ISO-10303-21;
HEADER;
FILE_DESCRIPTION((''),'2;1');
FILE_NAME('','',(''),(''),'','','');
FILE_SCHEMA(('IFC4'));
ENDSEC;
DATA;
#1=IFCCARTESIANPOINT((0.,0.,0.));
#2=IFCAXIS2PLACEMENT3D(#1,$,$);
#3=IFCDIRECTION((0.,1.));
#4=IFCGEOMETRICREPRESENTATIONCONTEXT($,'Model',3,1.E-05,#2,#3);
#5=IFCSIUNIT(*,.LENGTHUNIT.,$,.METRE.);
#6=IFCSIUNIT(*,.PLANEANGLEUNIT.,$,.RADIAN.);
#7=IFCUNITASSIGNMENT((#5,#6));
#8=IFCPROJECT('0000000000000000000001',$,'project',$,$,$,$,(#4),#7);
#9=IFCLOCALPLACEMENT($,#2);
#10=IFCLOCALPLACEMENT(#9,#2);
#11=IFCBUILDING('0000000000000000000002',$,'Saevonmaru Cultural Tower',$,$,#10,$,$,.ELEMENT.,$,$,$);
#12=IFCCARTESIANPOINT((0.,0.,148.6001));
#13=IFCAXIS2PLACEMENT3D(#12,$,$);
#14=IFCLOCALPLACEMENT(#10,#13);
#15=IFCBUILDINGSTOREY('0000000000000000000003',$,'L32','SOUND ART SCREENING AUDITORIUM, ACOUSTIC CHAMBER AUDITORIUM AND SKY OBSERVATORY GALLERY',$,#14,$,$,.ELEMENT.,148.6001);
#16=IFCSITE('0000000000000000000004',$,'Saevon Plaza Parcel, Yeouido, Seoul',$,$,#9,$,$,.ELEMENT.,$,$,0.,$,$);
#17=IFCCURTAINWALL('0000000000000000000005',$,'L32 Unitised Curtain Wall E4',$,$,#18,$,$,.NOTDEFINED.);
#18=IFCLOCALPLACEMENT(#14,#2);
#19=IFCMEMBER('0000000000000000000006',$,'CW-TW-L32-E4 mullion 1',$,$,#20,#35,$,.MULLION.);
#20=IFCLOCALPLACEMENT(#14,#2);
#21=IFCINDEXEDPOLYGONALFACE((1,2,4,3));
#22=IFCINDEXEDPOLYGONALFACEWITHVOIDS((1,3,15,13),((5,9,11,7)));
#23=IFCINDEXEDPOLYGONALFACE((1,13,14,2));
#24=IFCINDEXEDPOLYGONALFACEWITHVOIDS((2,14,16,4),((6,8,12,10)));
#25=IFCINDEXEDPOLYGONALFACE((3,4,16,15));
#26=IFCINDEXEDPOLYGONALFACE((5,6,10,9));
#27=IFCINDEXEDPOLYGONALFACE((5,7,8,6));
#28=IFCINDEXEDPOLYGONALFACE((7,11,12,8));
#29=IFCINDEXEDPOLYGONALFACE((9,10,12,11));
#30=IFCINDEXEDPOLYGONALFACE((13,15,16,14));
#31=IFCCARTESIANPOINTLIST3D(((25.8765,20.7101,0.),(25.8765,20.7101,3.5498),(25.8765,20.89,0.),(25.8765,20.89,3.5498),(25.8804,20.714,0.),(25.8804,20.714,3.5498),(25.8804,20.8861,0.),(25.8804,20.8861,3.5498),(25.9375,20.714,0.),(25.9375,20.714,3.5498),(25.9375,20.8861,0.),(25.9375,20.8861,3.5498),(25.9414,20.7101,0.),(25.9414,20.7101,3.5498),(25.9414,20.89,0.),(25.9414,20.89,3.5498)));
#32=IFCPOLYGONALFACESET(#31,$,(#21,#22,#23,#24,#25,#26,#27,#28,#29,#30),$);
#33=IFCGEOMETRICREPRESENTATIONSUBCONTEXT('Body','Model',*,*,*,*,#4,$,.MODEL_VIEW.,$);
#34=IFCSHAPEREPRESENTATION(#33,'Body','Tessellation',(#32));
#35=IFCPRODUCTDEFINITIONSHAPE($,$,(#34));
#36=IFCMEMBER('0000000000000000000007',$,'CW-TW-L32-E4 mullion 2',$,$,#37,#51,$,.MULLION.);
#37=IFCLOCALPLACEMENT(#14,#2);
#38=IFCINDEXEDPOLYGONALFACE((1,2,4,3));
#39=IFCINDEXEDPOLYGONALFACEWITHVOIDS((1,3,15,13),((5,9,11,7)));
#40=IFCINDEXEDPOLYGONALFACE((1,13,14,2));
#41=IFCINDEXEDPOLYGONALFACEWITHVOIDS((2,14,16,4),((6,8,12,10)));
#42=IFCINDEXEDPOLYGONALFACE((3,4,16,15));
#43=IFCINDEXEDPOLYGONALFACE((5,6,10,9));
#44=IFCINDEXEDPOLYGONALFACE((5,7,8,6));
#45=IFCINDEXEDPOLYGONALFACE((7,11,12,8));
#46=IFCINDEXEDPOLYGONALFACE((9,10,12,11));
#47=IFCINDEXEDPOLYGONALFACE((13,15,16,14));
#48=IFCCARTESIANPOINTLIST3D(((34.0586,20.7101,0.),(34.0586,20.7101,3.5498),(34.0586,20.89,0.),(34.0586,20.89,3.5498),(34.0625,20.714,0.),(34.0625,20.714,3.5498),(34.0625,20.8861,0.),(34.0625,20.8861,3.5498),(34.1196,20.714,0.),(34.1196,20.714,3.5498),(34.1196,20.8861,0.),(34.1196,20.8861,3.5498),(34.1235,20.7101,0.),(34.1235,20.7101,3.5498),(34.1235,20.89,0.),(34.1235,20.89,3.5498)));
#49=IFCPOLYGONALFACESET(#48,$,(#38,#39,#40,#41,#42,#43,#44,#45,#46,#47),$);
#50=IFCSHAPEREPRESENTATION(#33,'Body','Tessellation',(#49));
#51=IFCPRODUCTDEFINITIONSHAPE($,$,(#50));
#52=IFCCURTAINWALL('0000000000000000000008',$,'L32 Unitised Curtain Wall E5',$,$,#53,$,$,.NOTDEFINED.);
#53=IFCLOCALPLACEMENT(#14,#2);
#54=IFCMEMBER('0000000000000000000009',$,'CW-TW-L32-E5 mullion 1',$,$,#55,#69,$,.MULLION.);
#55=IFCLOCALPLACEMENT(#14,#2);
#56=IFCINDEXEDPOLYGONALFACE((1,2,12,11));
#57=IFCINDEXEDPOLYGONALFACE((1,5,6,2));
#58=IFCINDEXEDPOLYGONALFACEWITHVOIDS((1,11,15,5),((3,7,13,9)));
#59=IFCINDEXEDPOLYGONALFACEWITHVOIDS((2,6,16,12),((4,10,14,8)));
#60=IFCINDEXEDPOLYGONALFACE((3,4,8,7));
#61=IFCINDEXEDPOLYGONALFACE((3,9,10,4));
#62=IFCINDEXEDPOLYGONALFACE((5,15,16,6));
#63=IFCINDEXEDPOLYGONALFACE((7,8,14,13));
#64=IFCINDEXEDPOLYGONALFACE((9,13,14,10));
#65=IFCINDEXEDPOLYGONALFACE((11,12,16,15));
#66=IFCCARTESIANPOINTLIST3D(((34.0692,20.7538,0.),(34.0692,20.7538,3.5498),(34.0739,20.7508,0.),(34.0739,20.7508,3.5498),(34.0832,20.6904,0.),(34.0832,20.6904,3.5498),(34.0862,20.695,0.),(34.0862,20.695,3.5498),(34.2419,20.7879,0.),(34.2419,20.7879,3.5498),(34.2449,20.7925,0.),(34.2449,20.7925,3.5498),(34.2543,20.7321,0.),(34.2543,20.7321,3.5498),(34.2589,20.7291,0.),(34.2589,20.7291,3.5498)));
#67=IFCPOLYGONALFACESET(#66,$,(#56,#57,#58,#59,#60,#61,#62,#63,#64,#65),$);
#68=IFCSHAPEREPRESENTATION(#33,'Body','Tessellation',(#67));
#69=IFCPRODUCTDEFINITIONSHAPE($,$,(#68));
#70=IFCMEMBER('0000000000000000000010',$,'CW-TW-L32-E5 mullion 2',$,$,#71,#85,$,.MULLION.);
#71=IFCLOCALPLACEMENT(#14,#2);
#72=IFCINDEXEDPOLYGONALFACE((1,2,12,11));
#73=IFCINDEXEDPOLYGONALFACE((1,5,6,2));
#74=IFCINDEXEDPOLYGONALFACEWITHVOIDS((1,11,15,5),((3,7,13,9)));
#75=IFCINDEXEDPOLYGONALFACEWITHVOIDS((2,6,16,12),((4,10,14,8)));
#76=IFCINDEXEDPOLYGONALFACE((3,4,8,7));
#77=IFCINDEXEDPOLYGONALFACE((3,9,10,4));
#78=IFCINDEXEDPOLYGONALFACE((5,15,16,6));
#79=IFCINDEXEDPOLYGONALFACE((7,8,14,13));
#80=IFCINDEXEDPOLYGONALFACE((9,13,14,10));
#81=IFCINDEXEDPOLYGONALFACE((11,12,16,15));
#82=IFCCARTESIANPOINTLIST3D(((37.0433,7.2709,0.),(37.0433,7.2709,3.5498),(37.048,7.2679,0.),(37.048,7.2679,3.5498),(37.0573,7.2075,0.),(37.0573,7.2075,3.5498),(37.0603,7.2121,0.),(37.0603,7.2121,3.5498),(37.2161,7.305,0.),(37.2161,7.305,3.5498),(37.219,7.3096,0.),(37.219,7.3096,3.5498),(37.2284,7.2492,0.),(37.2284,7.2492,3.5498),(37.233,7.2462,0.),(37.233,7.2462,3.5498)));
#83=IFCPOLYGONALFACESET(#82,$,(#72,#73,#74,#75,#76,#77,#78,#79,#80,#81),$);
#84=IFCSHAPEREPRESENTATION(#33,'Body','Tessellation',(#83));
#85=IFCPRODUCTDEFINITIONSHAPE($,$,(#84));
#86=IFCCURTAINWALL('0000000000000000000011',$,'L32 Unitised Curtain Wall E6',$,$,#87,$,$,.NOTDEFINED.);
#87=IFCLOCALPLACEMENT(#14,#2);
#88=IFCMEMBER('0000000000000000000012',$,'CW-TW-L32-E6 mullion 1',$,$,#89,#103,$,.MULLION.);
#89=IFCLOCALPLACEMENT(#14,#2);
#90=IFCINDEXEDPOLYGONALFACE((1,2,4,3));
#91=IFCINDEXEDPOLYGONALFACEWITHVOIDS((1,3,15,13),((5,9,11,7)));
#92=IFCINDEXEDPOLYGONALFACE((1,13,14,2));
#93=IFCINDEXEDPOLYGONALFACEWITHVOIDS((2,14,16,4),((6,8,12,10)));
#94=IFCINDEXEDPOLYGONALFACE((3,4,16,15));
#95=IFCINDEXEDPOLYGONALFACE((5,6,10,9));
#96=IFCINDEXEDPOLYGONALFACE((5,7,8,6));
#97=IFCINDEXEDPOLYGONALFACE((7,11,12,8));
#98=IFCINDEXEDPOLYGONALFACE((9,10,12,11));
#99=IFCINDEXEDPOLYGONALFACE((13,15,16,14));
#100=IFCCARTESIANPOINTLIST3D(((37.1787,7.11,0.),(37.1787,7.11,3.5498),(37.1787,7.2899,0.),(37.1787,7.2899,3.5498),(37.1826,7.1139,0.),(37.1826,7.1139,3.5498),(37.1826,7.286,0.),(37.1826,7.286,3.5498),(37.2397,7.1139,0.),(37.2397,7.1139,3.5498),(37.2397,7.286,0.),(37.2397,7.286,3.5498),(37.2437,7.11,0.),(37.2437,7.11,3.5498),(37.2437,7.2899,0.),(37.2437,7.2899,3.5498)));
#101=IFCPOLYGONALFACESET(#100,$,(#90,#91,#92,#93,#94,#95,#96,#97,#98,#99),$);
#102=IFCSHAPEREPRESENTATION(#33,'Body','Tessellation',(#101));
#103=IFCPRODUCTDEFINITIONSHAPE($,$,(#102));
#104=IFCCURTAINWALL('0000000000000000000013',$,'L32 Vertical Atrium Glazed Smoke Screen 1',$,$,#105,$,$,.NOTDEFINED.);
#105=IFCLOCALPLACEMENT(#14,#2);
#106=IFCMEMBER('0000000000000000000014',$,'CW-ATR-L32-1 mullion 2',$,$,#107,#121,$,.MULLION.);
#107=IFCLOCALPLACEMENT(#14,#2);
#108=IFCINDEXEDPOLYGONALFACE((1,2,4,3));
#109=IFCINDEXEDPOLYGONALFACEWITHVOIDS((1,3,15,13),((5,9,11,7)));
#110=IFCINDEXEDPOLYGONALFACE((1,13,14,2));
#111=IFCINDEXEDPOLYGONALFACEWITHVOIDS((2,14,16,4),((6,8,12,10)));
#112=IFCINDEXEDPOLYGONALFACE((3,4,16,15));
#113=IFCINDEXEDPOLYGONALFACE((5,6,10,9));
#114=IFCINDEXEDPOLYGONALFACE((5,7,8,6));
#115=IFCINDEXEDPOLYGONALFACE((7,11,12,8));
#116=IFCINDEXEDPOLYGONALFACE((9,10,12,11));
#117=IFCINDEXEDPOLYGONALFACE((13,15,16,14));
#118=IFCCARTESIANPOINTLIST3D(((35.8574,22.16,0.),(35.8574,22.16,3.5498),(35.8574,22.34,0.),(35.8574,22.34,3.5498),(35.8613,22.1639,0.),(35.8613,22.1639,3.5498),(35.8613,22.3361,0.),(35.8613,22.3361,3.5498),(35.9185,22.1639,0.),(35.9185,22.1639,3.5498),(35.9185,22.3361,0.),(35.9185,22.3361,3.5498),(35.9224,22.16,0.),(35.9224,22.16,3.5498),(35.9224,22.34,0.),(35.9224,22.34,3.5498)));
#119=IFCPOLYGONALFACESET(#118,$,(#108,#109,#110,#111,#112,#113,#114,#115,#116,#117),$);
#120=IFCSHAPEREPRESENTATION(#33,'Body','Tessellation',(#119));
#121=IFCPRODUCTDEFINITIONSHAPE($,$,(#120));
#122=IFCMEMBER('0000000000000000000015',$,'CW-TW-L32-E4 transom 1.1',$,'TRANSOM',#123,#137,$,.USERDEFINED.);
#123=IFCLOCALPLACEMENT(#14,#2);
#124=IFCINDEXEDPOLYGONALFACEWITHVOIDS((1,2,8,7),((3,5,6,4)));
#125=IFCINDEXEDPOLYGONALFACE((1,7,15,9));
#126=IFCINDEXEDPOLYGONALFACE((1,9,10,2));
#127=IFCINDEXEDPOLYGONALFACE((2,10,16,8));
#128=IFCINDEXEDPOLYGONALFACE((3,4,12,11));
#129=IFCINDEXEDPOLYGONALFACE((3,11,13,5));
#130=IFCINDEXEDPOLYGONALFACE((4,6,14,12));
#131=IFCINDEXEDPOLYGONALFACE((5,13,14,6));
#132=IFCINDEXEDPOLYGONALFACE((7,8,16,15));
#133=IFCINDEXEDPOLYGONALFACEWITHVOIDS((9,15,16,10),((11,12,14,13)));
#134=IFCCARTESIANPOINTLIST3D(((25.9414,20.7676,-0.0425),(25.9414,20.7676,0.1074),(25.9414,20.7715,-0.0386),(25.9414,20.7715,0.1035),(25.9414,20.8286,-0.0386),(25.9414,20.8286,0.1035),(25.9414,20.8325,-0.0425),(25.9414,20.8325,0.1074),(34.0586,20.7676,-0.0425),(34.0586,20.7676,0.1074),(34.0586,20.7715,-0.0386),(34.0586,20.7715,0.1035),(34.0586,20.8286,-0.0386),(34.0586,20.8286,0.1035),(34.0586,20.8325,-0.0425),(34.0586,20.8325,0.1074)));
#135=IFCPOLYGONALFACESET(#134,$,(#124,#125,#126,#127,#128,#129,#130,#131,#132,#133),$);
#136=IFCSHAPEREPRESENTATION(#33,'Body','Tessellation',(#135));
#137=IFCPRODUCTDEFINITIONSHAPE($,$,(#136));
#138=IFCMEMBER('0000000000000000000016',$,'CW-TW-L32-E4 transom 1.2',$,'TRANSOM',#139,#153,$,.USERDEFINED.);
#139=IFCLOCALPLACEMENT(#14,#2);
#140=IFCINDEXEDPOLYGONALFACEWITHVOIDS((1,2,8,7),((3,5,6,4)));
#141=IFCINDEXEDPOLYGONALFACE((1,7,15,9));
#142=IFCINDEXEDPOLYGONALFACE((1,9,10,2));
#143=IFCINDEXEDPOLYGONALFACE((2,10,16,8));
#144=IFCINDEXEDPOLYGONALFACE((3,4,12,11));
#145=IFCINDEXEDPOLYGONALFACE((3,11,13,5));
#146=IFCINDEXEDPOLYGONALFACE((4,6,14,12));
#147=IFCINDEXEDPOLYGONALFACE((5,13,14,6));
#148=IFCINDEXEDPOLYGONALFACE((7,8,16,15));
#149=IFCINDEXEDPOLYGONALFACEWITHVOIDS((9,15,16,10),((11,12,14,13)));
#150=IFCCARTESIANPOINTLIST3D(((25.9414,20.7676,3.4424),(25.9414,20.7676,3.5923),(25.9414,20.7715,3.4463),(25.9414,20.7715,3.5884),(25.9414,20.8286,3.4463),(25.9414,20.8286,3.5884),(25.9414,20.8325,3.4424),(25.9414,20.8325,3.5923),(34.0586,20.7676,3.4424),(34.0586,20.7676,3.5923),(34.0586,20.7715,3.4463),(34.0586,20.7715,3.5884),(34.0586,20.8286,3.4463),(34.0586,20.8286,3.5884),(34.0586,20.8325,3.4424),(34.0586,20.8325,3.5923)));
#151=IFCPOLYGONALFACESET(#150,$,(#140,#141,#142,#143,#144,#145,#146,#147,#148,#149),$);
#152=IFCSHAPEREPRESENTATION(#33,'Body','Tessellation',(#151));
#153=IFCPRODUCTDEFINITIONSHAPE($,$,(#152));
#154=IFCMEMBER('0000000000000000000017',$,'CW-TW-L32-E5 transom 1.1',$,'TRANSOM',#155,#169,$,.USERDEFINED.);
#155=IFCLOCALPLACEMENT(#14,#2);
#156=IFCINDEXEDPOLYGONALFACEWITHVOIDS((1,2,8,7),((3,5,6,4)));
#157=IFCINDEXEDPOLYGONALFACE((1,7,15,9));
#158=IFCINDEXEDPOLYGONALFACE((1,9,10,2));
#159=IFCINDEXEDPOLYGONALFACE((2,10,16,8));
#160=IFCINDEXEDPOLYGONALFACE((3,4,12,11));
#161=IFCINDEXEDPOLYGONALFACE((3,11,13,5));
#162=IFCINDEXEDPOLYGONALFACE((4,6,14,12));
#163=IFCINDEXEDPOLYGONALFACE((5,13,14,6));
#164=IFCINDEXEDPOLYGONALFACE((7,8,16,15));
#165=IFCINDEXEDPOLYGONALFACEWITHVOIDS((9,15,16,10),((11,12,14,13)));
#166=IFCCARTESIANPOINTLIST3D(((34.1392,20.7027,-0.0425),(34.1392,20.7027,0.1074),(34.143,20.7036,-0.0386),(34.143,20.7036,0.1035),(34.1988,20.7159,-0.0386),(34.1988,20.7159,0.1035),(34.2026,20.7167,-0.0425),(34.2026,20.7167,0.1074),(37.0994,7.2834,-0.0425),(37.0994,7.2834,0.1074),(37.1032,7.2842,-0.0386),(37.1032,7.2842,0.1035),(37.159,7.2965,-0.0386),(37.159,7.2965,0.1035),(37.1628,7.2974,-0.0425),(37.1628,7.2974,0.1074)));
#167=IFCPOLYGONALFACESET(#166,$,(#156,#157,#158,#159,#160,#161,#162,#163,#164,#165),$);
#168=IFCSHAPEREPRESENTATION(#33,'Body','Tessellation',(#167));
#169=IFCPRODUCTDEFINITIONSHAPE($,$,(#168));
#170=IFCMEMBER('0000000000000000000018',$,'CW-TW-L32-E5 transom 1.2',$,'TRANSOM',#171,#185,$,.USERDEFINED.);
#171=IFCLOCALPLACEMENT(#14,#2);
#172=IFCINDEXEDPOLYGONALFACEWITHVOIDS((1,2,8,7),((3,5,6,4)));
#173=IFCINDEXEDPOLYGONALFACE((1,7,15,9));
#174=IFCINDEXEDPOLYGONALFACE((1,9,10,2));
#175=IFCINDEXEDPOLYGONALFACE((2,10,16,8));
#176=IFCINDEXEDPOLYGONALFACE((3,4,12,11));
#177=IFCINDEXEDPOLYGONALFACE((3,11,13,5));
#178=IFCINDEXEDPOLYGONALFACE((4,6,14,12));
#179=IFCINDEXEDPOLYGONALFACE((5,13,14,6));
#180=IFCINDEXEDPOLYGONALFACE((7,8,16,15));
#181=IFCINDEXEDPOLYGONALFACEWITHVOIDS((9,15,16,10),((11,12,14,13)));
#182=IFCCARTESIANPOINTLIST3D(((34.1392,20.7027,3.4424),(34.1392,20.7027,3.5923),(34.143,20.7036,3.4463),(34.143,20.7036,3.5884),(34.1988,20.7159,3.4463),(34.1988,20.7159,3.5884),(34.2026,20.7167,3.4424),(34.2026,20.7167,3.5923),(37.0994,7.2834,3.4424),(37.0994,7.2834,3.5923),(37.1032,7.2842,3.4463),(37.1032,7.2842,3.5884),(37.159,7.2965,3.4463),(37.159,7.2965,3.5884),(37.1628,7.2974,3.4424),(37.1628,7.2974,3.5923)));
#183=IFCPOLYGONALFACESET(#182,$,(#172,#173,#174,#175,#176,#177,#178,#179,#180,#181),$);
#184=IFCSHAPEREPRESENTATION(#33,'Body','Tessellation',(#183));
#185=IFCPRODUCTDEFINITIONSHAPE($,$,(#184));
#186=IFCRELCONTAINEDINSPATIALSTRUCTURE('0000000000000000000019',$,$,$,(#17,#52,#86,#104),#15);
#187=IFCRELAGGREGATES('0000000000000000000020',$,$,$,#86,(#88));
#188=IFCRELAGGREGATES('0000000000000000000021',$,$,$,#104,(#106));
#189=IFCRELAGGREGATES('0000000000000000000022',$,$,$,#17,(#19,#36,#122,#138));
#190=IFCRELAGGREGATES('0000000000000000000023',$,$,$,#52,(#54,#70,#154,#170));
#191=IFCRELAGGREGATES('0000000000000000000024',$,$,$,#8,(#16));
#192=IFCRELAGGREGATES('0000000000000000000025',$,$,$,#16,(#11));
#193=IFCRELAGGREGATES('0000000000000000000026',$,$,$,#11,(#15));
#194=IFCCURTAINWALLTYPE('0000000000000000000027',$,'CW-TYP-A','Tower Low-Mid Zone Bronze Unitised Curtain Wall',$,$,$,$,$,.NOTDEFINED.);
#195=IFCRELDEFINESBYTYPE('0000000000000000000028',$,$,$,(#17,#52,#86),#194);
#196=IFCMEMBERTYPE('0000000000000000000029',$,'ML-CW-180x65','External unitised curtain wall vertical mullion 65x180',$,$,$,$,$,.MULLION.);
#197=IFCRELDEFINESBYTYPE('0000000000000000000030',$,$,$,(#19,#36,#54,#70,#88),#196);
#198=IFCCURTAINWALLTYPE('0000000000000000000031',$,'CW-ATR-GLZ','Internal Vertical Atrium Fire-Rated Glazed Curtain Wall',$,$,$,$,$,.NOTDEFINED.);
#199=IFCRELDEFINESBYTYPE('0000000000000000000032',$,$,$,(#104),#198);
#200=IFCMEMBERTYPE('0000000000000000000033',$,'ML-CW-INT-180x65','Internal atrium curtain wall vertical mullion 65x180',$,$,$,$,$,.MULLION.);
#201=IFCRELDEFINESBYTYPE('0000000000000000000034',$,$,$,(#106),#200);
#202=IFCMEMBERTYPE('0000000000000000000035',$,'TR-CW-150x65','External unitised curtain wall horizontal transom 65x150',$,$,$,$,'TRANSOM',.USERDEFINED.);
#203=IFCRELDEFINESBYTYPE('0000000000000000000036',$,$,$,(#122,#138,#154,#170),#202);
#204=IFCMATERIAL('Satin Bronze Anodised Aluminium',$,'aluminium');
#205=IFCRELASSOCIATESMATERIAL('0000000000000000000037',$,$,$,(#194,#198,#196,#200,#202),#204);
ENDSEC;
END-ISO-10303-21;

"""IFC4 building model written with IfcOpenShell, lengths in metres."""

from ifc_helpers import new_model, si_unit, direction, frame, origin, origin_2d, place, context, subcontext, project, spatial, hollow_rectangle, extrude, material, material_profile, profile_set, type_object, element, aggregate, save


model = new_model("IFC4")

# Units and contexts
model_context = context("Model", 3, precision=1e-05, world=origin(), true_north=direction((0.0, 1.0)))
body_context = subcontext(model_context, "Body", "Model", "MODEL_VIEW")
ifc_project = project(units=[si_unit("LENGTHUNIT", "METRE"), si_unit("PLANEANGLEUNIT", "RADIAN")], contexts=[model_context])

# Site, building, storey
site_placement = place(None, origin())
site = spatial("IfcSite", under=ifc_project, at=site_placement, Name="Saevon Plaza Parcel, Yeouido, Seoul", CompositionType="ELEMENT", RefElevation=0.0)
building_placement = place(site_placement, origin())
building = spatial("IfcBuilding", under=site, at=building_placement, Name="Saevonmaru Cultural Tower", CompositionType="ELEMENT")
storey_placement = place(building_placement, frame((0.0, 0.0, 148.6001)))
storey = spatial("IfcBuildingStorey", under=building, at=storey_placement, Name="L32", Description="SOUND ART SCREENING AUDITORIUM, ACOUSTIC CHAMBER AUDITORIUM AND SKY OBSERVATORY GALLERY", CompositionType="ELEMENT", Elevation=148.6001)

# Shared definitions
ifc_material_1 = material(Name="Satin Bronze Anodised Aluminium", Category="aluminium")
curtain_wall_type_1 = type_object("IfcCurtainWallType", Name="CW-TYP-A", Description="Tower Low-Mid Zone Bronze Unitised Curtain Wall", PredefinedType="NOTDEFINED", material=ifc_material_1)
ifc_material_profile_1 = material_profile(ifc_material_1, hollow_rectangle(XDim=0.0649, YDim=0.1799, WallThickness=0.0039, at=origin_2d()), Name="ALU-MULL-180x65x4")
ifc_profile_set_1 = profile_set([ifc_material_profile_1], Name="Satin Bronze Anodised Aluminium")
member_type_1 = type_object("IfcMemberType", Name="ML-CW-180x65", Description="External unitised curtain wall vertical mullion 65x180", PredefinedType="MULLION", material=ifc_profile_set_1)

# Curtain walls, members
curtain_wall_1_placement = place(storey_placement, origin())
curtain_wall_1 = element("IfcCurtainWall", 1, at=curtain_wall_1_placement, inside=storey, type_object=curtain_wall_type_1, Name="L32 Unitised Curtain Wall E4", PredefinedType="NOTDEFINED")
member_1_placement = place(storey_placement, frame((25.9089, 20.8, 0.0), z_axis=(0.0, 0.0, 1.0), x_axis=(1.0, 0.0, 0.0)))
member_1 = element("IfcMember", 2, at=member_1_placement, type_object=member_type_1, Name="CW-TW-L32-E4 mullion 1", PredefinedType="MULLION", context=body_context, shape_type="SweptSolid", body=[
    extrude(hollow_rectangle(XDim=0.0649, YDim=0.1799, WallThickness=0.0039, at=origin_2d()), origin(), (0.0, 0.0, 1.0), 3.5498),
])
member_2_placement = place(storey_placement, frame((34.0911, 20.8, 0.0), z_axis=(0.0, 0.0, 1.0), x_axis=(1.0, 0.0, 0.0)))
member_2 = element("IfcMember", 3, at=member_2_placement, type_object=member_type_1, Name="CW-TW-L32-E4 mullion 2", PredefinedType="MULLION", context=body_context, shape_type="SweptSolid", body=[
    extrude(hollow_rectangle(XDim=0.0649, YDim=0.1799, WallThickness=0.0039, at=origin_2d()), origin(), (0.0, 0.0, 1.0), 3.5498),
])
curtain_wall_2_placement = place(storey_placement, origin())
curtain_wall_2 = element("IfcCurtainWall", 4, at=curtain_wall_2_placement, inside=storey, type_object=curtain_wall_type_1, Name="L32 Unitised Curtain Wall E5", PredefinedType="NOTDEFINED")
member_3_placement = place(storey_placement, frame((34.1641, 20.7415, 0.0), z_axis=(0.0, 0.0, 1.0), x_axis=(0.215413, -0.976523, 0.0)))
member_3 = element("IfcMember", 5, at=member_3_placement, type_object=member_type_1, Name="CW-TW-L32-E5 mullion 1", PredefinedType="MULLION", context=body_context, shape_type="SweptSolid", body=[
    extrude(hollow_rectangle(XDim=0.0649, YDim=0.1799, WallThickness=0.0039, at=origin_2d()), origin(), (0.0, 0.0, 1.0), 3.5498),
])
member_4_placement = place(storey_placement, frame((37.1382, 7.2585, 0.0), z_axis=(0.0, 0.0, 1.0), x_axis=(0.215413, -0.976523, 0.0)))
member_4 = element("IfcMember", 6, at=member_4_placement, type_object=member_type_1, Name="CW-TW-L32-E5 mullion 2", PredefinedType="MULLION", context=body_context, shape_type="SweptSolid", body=[
    extrude(hollow_rectangle(XDim=0.0649, YDim=0.1799, WallThickness=0.0039, at=origin_2d()), origin(), (0.0, 0.0, 1.0), 3.5498),
])

# Curtain walls, members
curtain_wall_3_placement = place(storey_placement, origin())
curtain_wall_3 = element("IfcCurtainWall", 7, at=curtain_wall_3_placement, inside=storey, type_object=curtain_wall_type_1, Name="L32 Unitised Curtain Wall E6", PredefinedType="NOTDEFINED")
member_5_placement = place(storey_placement, frame((37.2112, 7.2, 0.0), z_axis=(0.0, 0.0, 1.0), x_axis=(1.0, 0.0, 0.0)))
member_5 = element("IfcMember", 8, at=member_5_placement, type_object=member_type_1, Name="CW-TW-L32-E6 mullion 1", PredefinedType="MULLION", context=body_context, shape_type="SweptSolid", body=[
    extrude(hollow_rectangle(XDim=0.0649, YDim=0.1799, WallThickness=0.0039, at=origin_2d()), origin(), (0.0, 0.0, 1.0), 3.5498),
])
curtain_wall_type_2 = type_object("IfcCurtainWallType", Name="CW-ATR-GLZ", Description="Internal Vertical Atrium Fire-Rated Glazed Curtain Wall", PredefinedType="NOTDEFINED", material=ifc_material_1)
curtain_wall_4_placement = place(storey_placement, origin())
curtain_wall_4 = element("IfcCurtainWall", 9, at=curtain_wall_4_placement, inside=storey, type_object=curtain_wall_type_2, Name="L32 Vertical Atrium Glazed Smoke Screen 1", PredefinedType="NOTDEFINED")
ifc_material_profile_2 = material_profile(ifc_material_1, hollow_rectangle(XDim=0.0649, YDim=0.1799, WallThickness=0.0039, at=origin_2d()), Name="ALU-MULL-180x65x4")
ifc_profile_set_2 = profile_set([ifc_material_profile_2], Name="Satin Bronze Anodised Aluminium")
member_type_2 = type_object("IfcMemberType", Name="ML-CW-INT-180x65", Description="Internal atrium curtain wall vertical mullion 65x180", PredefinedType="MULLION", material=ifc_profile_set_2)
member_6_placement = place(storey_placement, frame((35.8899, 22.25, 0.0), z_axis=(0.0, 0.0, 1.0), x_axis=(1.0, 0.0, 0.0)))
member_6 = element("IfcMember", 10, at=member_6_placement, type_object=member_type_2, Name="CW-ATR-L32-1 mullion 2", PredefinedType="MULLION", context=body_context, shape_type="SweptSolid", body=[
    extrude(hollow_rectangle(XDim=0.0649, YDim=0.1799, WallThickness=0.0039, at=origin_2d()), origin(), (0.0, 0.0, 1.0), 3.5498),
])

# Members
ifc_material_profile_3 = material_profile(ifc_material_1, hollow_rectangle(XDim=0.0649, YDim=0.1499, WallThickness=0.0039, at=origin_2d()), Name="ALU-TRAN-150x65x4")
ifc_profile_set_3 = profile_set([ifc_material_profile_3], Name="Satin Bronze Anodised Aluminium")
member_type_3 = type_object("IfcMemberType", Name="TR-CW-150x65", Description="External unitised curtain wall horizontal transom 65x150", ElementType="TRANSOM", PredefinedType="USERDEFINED", material=ifc_profile_set_3)
member_7_placement = place(storey_placement, frame((25.9414, 20.8, 0.0325), z_axis=(1.0, 0.0, 0.0), x_axis=(0.0, 1.0, 0.0)))
member_7 = element("IfcMember", 11, at=member_7_placement, type_object=member_type_3, Name="CW-TW-L32-E4 transom 1.1", ObjectType="TRANSOM", PredefinedType="USERDEFINED", context=body_context, shape_type="SweptSolid", body=[
    extrude(hollow_rectangle(XDim=0.0649, YDim=0.1499, WallThickness=0.0039, at=origin_2d()), origin(), (0.0, 0.0, 1.0), 8.1172),
])
member_8_placement = place(storey_placement, frame((25.9414, 20.8, 3.5173), z_axis=(1.0, 0.0, 0.0), x_axis=(0.0, 1.0, 0.0)))
member_8 = element("IfcMember", 12, at=member_8_placement, type_object=member_type_3, Name="CW-TW-L32-E4 transom 1.2", ObjectType="TRANSOM", PredefinedType="USERDEFINED", context=body_context, shape_type="SweptSolid", body=[
    extrude(hollow_rectangle(XDim=0.0649, YDim=0.1499, WallThickness=0.0039, at=origin_2d()), origin(), (0.0, 0.0, 1.0), 8.1172),
])
member_9_placement = place(storey_placement, frame((34.1709, 20.7097, 0.0325), z_axis=(0.215412, -0.976523, 0.0), x_axis=(0.976523, 0.215412, 0.0)))
member_9 = element("IfcMember", 13, at=member_9_placement, type_object=member_type_3, Name="CW-TW-L32-E5 transom 1.1", ObjectType="TRANSOM", PredefinedType="USERDEFINED", context=body_context, shape_type="SweptSolid", body=[
    extrude(hollow_rectangle(XDim=0.0649, YDim=0.1499, WallThickness=0.0039, at=origin_2d()), origin(), (0.0, 0.0, 1.0), 13.7419),
])
member_10_placement = place(storey_placement, frame((34.1709, 20.7097, 3.5173), z_axis=(0.215412, -0.976523, 0.0), x_axis=(0.976523, 0.215412, 0.0)))
member_10 = element("IfcMember", 14, at=member_10_placement, type_object=member_type_3, Name="CW-TW-L32-E5 transom 1.2", ObjectType="TRANSOM", PredefinedType="USERDEFINED", context=body_context, shape_type="SweptSolid", body=[
    extrude(hollow_rectangle(XDim=0.0649, YDim=0.1499, WallThickness=0.0039, at=origin_2d()), origin(), (0.0, 0.0, 1.0), 13.7419),
])
aggregate(curtain_wall_3, [member_5])

aggregate(curtain_wall_4, [member_6])
aggregate(curtain_wall_1, [member_1, member_2, member_7, member_8])
aggregate(curtain_wall_2, [member_3, member_4, member_9, member_10])

save(model, "model.ifc")
